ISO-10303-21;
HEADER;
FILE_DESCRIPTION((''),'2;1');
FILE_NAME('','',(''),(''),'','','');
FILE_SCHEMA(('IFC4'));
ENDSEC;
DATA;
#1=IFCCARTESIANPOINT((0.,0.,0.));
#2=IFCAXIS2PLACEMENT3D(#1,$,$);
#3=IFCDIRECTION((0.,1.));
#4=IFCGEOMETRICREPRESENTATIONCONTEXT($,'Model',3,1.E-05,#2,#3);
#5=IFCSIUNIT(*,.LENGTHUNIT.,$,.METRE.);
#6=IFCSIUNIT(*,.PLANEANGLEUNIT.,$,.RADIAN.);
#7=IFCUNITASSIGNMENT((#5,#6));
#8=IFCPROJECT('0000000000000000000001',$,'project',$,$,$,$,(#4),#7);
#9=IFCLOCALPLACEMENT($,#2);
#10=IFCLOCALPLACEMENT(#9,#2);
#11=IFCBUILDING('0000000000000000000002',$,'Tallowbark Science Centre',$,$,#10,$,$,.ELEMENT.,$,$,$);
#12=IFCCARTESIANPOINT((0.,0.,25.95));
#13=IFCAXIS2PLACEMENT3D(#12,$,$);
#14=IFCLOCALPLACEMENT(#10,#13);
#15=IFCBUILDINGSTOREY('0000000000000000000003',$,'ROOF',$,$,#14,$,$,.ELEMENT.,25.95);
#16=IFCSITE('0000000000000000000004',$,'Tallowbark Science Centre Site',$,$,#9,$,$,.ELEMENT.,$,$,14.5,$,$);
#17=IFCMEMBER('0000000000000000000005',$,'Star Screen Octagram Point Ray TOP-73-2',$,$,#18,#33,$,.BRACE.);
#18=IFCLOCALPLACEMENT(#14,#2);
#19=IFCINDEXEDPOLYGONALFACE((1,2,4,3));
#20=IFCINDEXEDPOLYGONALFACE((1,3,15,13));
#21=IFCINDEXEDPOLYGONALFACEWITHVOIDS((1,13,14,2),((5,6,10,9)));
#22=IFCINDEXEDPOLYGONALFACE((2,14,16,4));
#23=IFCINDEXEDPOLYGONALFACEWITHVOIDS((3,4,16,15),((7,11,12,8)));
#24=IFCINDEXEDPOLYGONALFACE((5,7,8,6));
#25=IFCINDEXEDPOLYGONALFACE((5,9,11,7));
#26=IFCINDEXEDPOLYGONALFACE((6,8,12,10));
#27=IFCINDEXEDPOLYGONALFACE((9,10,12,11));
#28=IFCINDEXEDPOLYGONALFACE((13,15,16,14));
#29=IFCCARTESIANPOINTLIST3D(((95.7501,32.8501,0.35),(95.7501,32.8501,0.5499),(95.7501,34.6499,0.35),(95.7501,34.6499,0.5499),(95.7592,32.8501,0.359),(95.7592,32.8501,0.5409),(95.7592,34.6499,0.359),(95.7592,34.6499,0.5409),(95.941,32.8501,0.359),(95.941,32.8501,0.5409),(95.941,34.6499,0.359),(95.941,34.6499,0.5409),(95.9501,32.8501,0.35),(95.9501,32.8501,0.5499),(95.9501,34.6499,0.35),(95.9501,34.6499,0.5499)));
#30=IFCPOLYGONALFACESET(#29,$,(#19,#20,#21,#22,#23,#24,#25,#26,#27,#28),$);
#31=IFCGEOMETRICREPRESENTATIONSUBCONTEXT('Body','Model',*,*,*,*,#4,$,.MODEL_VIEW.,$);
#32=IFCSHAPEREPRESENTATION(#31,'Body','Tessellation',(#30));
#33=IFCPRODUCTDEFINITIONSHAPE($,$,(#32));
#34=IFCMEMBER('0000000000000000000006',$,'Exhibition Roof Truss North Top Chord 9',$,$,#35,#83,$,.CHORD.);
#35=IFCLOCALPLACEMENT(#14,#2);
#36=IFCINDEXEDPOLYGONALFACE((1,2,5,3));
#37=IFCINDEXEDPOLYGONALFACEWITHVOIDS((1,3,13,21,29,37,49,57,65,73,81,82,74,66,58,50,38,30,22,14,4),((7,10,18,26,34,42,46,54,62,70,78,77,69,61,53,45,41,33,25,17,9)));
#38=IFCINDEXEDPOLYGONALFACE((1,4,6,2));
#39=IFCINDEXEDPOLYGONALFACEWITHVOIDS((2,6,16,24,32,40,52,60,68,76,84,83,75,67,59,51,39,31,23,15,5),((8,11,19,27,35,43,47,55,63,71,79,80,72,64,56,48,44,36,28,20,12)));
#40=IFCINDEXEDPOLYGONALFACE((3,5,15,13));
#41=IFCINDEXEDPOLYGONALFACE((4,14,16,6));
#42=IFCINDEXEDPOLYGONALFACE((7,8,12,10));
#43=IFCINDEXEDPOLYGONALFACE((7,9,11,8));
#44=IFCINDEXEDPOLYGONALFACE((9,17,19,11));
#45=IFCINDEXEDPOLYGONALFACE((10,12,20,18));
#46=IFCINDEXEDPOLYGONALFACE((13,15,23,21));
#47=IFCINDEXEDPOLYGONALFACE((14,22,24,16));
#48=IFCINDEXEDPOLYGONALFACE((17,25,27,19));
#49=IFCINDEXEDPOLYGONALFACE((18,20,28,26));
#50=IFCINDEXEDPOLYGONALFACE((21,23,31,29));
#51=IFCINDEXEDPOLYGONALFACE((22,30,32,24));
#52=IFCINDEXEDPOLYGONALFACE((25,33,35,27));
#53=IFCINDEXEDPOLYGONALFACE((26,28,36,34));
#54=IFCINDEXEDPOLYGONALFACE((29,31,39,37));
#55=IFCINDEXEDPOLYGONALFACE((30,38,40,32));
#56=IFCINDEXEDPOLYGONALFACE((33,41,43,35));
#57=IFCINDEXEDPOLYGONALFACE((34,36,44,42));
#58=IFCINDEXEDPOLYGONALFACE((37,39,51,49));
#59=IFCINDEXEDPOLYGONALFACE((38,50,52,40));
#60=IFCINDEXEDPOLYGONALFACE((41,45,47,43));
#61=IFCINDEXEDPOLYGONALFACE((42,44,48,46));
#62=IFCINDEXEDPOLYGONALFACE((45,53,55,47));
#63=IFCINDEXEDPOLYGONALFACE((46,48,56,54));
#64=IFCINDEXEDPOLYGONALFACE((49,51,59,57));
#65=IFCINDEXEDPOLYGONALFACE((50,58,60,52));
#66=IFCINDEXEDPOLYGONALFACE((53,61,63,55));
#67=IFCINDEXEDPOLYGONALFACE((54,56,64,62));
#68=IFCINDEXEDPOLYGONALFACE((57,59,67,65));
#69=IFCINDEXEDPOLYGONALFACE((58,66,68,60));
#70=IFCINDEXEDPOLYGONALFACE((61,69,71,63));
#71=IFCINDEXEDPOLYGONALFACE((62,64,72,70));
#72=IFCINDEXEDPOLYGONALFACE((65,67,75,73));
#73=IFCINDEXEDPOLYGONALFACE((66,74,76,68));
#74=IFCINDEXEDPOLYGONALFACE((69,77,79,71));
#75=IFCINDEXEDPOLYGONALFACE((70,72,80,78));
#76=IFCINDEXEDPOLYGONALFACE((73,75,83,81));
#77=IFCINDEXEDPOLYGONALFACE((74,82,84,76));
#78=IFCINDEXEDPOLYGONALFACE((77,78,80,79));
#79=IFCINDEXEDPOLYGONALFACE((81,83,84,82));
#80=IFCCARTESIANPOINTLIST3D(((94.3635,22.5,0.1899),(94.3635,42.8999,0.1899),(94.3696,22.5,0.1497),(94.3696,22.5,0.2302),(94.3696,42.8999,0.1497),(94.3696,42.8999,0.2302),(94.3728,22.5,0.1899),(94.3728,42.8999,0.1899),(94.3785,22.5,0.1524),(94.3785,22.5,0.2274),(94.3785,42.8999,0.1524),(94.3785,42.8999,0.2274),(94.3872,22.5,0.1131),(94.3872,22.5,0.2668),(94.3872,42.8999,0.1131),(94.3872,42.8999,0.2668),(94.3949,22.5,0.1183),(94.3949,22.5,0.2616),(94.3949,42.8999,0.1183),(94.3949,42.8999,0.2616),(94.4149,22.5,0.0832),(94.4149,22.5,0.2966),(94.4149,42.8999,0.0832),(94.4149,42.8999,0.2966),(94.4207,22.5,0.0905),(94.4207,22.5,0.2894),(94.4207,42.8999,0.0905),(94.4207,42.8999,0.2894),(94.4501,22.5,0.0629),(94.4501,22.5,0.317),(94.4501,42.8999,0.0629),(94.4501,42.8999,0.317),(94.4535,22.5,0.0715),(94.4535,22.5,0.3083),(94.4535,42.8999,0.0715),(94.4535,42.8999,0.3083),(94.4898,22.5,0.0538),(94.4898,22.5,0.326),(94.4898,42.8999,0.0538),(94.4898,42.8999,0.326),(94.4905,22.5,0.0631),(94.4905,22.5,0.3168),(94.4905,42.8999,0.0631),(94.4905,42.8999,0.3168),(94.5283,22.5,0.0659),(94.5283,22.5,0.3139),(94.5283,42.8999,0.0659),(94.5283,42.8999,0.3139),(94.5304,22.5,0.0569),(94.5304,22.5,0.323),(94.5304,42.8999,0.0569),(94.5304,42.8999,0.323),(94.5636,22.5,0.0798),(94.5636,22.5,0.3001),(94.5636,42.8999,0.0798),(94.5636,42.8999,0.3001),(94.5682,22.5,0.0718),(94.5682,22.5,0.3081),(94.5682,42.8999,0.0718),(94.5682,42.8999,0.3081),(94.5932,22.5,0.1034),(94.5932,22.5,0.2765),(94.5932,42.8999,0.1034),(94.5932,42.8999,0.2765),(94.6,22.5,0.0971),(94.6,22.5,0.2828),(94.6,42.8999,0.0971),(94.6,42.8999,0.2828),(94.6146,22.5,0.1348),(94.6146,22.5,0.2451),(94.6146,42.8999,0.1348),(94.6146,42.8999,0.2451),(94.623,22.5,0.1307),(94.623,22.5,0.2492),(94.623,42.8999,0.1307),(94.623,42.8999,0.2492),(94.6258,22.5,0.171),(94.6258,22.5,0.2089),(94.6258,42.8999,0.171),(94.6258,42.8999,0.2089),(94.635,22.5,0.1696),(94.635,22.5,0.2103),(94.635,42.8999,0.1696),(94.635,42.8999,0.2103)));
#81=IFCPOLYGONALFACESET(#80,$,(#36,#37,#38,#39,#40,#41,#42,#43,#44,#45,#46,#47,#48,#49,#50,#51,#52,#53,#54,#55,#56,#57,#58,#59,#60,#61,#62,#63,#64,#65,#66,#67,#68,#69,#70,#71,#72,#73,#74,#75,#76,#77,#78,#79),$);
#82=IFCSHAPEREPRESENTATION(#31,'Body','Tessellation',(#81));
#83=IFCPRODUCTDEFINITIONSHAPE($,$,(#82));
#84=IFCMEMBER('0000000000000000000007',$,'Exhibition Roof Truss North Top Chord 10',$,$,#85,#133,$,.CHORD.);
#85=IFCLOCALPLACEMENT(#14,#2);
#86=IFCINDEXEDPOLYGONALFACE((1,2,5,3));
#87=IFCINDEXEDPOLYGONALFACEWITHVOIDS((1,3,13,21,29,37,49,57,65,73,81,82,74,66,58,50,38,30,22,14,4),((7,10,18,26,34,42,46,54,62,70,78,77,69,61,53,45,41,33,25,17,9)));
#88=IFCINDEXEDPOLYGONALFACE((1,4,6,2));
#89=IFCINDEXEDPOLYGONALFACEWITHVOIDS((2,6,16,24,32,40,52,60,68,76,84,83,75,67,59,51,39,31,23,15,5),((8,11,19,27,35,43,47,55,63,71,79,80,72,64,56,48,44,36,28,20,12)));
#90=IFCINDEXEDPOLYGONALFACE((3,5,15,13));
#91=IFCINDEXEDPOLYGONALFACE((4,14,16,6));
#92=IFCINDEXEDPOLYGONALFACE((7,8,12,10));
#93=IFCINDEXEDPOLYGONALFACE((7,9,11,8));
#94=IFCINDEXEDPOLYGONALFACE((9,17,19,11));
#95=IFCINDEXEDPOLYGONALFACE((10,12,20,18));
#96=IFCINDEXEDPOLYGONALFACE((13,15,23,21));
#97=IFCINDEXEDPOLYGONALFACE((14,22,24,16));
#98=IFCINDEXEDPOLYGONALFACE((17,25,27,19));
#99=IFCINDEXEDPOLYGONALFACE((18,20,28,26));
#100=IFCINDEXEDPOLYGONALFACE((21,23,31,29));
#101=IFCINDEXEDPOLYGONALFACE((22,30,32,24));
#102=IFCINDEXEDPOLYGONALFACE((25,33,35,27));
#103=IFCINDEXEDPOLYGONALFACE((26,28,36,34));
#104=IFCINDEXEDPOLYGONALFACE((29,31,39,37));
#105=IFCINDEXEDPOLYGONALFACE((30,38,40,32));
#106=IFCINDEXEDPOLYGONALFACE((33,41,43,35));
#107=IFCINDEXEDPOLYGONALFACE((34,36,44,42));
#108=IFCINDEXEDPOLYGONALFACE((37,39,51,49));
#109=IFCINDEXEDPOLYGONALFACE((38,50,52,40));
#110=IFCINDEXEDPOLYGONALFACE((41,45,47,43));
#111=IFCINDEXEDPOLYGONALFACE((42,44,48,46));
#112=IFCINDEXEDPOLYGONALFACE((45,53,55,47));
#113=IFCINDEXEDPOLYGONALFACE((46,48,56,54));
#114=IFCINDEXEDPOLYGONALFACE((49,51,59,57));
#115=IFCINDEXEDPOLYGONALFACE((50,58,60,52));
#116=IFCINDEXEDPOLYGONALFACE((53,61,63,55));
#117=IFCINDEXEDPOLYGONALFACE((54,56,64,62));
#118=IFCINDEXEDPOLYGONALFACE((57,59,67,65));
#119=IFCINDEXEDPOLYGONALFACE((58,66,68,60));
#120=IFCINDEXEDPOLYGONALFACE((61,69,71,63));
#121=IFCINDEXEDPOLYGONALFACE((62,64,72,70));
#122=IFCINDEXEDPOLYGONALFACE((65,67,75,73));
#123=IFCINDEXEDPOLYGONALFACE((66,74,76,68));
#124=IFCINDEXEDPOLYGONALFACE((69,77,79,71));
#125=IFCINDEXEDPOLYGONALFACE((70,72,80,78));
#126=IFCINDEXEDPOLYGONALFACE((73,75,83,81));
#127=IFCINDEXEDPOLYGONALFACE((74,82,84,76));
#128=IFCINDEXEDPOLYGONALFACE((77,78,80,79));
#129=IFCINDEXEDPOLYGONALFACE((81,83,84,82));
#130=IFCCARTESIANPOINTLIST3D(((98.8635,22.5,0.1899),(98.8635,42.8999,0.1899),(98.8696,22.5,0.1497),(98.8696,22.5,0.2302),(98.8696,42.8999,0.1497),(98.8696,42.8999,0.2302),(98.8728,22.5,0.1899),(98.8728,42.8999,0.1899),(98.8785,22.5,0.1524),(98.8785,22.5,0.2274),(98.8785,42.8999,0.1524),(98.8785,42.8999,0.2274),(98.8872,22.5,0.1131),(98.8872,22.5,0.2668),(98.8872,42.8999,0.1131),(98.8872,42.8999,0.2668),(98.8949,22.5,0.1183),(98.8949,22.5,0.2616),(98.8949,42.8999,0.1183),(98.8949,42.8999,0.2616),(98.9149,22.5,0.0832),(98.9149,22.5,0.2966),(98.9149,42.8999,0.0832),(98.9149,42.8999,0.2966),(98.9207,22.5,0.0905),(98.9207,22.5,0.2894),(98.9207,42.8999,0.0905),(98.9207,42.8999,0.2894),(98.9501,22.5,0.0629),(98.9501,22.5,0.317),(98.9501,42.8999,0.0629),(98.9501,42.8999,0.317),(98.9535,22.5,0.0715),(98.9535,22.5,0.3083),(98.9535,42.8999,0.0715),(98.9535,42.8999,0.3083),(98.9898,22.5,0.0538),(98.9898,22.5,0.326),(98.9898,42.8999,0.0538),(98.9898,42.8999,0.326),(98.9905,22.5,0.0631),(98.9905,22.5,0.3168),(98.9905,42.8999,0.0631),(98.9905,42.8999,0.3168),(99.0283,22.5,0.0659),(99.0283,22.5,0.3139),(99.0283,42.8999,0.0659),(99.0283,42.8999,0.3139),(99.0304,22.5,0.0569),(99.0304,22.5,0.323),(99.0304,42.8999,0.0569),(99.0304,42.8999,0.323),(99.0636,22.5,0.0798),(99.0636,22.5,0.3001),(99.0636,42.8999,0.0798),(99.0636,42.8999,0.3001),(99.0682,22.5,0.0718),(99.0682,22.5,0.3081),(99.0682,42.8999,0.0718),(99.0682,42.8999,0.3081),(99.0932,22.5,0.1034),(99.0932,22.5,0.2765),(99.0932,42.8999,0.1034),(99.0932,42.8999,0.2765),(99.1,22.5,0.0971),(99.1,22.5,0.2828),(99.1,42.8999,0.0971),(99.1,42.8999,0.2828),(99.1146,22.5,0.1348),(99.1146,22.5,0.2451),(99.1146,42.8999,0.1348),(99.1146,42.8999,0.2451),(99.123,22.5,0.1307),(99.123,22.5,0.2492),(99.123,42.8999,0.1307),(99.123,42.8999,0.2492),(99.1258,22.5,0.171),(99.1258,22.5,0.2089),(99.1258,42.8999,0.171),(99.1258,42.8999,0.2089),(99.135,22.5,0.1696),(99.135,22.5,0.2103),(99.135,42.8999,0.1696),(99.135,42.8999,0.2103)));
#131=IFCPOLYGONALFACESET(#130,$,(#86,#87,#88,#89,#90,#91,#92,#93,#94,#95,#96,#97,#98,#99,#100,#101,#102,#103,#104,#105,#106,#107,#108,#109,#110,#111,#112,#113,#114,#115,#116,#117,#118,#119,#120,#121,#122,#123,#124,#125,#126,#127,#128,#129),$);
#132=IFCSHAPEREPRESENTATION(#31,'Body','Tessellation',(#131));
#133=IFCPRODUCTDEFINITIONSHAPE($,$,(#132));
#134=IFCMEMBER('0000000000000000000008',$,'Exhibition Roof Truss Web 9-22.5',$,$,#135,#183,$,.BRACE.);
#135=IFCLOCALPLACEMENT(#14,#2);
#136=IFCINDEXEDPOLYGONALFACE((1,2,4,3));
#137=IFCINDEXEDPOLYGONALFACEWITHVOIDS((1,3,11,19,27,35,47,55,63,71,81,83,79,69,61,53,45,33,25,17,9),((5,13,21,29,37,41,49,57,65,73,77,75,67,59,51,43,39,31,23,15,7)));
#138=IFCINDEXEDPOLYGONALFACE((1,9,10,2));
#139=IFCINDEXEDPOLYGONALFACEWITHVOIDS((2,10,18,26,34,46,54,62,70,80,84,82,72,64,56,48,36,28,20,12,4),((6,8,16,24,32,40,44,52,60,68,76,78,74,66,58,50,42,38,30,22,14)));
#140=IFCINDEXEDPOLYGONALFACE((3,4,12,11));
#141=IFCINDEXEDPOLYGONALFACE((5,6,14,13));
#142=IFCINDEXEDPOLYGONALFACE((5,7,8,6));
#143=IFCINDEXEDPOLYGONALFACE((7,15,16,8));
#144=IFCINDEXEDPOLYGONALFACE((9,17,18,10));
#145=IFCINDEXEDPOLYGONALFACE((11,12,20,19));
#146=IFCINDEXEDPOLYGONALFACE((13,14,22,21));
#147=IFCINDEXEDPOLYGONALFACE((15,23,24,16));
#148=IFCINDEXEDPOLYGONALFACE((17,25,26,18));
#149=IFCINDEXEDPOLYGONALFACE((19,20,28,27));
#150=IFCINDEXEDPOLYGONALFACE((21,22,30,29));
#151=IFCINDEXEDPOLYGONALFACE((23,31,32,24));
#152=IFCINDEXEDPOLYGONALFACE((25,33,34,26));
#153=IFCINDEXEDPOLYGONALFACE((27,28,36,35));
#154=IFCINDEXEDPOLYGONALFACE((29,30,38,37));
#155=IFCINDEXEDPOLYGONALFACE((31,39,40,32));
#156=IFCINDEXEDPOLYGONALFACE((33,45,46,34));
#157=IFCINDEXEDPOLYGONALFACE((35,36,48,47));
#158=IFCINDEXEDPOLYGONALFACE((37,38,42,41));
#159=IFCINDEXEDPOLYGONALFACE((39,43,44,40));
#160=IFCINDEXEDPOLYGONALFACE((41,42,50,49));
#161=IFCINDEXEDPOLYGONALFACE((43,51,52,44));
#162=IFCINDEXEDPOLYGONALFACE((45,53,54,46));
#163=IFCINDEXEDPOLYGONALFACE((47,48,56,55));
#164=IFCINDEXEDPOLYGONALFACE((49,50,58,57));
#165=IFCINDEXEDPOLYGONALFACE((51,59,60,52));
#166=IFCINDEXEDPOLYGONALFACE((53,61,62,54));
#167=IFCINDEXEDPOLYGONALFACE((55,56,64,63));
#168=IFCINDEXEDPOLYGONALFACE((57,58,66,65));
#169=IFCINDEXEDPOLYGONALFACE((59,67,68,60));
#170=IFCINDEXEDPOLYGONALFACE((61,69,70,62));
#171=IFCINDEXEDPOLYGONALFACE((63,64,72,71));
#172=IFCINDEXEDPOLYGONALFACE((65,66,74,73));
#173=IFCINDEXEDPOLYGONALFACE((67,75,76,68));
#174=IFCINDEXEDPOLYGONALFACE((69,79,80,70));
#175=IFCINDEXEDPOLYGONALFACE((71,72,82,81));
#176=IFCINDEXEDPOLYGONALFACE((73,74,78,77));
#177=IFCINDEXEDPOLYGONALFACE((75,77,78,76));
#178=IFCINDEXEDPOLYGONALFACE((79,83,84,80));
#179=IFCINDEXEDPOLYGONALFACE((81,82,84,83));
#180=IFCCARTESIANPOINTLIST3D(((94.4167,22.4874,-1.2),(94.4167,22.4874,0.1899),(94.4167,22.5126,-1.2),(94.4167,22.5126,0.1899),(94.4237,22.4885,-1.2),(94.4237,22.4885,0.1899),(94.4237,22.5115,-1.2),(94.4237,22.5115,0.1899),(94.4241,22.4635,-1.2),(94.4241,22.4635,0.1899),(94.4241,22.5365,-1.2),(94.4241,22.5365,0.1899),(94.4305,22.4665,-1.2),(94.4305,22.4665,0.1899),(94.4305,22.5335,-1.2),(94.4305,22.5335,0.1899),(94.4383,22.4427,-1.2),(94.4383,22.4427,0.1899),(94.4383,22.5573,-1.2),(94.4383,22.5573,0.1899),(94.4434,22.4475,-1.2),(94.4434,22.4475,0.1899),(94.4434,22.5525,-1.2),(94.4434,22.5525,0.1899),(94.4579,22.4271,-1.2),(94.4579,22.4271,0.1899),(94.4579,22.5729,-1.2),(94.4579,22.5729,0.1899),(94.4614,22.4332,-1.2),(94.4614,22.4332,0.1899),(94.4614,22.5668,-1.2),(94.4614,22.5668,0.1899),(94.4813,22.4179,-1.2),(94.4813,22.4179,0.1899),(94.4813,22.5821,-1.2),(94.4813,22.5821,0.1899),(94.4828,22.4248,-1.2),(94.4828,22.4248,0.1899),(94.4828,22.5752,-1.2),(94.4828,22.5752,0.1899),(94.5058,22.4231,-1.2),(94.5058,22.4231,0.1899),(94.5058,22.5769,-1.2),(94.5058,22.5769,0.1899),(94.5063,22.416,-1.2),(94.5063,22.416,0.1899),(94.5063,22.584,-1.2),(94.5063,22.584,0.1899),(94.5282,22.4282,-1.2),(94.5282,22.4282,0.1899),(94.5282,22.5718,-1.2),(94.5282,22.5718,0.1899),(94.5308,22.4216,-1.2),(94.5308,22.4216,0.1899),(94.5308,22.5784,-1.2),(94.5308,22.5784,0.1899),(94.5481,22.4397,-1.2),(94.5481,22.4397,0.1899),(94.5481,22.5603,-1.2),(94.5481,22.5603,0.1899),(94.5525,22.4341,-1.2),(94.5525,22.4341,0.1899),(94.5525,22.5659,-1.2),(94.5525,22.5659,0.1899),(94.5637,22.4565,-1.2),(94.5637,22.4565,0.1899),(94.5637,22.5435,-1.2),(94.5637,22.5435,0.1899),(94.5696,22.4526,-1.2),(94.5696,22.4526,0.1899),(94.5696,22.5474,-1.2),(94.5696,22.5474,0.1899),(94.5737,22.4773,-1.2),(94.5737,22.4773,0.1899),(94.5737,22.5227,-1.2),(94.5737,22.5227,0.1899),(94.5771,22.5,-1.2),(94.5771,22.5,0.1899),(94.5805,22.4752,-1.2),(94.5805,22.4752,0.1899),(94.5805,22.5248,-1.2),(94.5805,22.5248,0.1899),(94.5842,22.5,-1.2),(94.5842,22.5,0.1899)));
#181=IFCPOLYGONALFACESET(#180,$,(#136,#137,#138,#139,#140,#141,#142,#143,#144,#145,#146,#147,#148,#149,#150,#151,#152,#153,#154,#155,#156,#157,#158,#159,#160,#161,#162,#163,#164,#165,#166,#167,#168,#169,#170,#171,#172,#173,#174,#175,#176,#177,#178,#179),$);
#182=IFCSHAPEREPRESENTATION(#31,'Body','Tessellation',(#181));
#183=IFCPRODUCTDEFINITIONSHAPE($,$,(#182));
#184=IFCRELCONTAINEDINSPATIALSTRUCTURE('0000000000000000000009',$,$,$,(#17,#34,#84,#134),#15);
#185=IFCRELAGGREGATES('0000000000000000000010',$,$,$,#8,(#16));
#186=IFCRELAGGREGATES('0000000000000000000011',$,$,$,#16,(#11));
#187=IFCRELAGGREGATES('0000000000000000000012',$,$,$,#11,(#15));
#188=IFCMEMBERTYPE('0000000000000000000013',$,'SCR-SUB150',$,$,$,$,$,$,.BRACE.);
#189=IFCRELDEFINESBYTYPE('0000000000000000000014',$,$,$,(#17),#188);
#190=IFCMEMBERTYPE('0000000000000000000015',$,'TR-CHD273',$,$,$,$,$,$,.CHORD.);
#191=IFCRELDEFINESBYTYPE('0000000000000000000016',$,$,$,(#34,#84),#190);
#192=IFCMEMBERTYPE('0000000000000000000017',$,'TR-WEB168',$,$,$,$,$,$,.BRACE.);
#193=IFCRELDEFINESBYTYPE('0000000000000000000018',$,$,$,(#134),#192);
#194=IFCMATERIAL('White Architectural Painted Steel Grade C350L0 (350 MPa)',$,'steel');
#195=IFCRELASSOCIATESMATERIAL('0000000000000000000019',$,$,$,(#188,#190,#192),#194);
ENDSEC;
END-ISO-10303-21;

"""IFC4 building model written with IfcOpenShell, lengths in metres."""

from ifc_helpers import new_model, si_unit, direction, frame, origin, origin_2d, place, context, subcontext, project, spatial, hollow_rectangle, hollow_circle, extrude, material, material_profile, profile_set, type_object, element, save


model = new_model("IFC4")

# Units and contexts
model_context = context("Model", 3, precision=1e-05, world=origin(), true_north=direction((0.0, 1.0)))
body_context = subcontext(model_context, "Body", "Model", "MODEL_VIEW")
ifc_project = project(units=[si_unit("LENGTHUNIT", "METRE"), si_unit("PLANEANGLEUNIT", "RADIAN")], contexts=[model_context])

# Site, building, storey
site_placement = place(None, origin())
site = spatial("IfcSite", under=ifc_project, at=site_placement, Name="Tallowbark Science Centre Site", CompositionType="ELEMENT", RefElevation=14.5)
building_placement = place(site_placement, origin())
building = spatial("IfcBuilding", under=site, at=building_placement, Name="Tallowbark Science Centre", CompositionType="ELEMENT")
storey_placement = place(building_placement, frame((0.0, 0.0, 25.95)))
storey = spatial("IfcBuildingStorey", under=building, at=storey_placement, Name="ROOF", CompositionType="ELEMENT", Elevation=25.95)

# Members
ifc_material_1 = material(Name="White Architectural Painted Steel Grade C350L0 (350 MPa)", Category="steel")
ifc_material_profile_1 = material_profile(ifc_material_1, hollow_rectangle(XDim=0.2, YDim=0.2, WallThickness=0.009, at=origin_2d()), Name="200x200x9.0SHS")
ifc_profile_set_1 = profile_set([ifc_material_profile_1], Name="White Architectural Painted Steel Grade C350L0 (350 MPa)")
member_type_1 = type_object("IfcMemberType", Name="SCR-SUB150", PredefinedType="BRACE", material=ifc_profile_set_1)
for number, where, z_axis, x_axis, name in (
    (1, (95.8501, 32.8501, 0.45), (0.0, 1.0, 0.0), (-1.0, 0.0, 0.0), "Star Screen Octagram Point Ray TOP-73-2"),
):
    element("IfcMember", number, at=place(storey_placement, frame(where, z_axis=z_axis, x_axis=x_axis)), inside=storey, type_object=member_type_1, Name=name, PredefinedType="BRACE", context=body_context, shape_type="SweptSolid", body=[
        extrude(hollow_rectangle(XDim=0.2, YDim=0.2, WallThickness=0.009, at=origin_2d()), origin(), (0.0, 0.0, 1.0), 1.7998),
    ])
ifc_material_profile_2 = material_profile(ifc_material_1, hollow_circle(Radius=0.1365, WallThickness=0.0093, at=origin_2d()), Name="273.1x9.3CHS")
ifc_profile_set_2 = profile_set([ifc_material_profile_2], Name="White Architectural Painted Steel Grade C350L0 (350 MPa)")
member_type_2 = type_object("IfcMemberType", Name="TR-CHD273", PredefinedType="CHORD", material=ifc_profile_set_2)
for number, where, z_axis, x_axis, name in (
    (2, (94.5, 22.5, 0.1899), (0.0, 1.0, 0.0), (-1.0, 0.0, 0.0), "Exhibition Roof Truss North Top Chord 9"),
    (3, (99.0, 22.5, 0.1899), (0.0, 1.0, 0.0), (-1.0, 0.0, 0.0), "Exhibition Roof Truss North Top Chord 10"),
):
    element("IfcMember", number, at=place(storey_placement, frame(where, z_axis=z_axis, x_axis=x_axis)), inside=storey, type_object=member_type_2, Name=name, PredefinedType="CHORD", context=body_context, shape_type="SweptSolid", body=[
        extrude(hollow_circle(Radius=0.1365, WallThickness=0.0093, at=origin_2d()), origin(), (0.0, 0.0, 1.0), 20.3999),
    ])
ifc_material_profile_3 = material_profile(ifc_material_1, hollow_circle(Radius=0.0842, WallThickness=0.0071, at=origin_2d()), Name="168.3x7.1CHS")
ifc_profile_set_3 = profile_set([ifc_material_profile_3], Name="White Architectural Painted Steel Grade C350L0 (350 MPa)")
member_type_3 = type_object("IfcMemberType", Name="TR-WEB168", PredefinedType="BRACE", material=ifc_profile_set_3)
for number, where, z_axis, x_axis, name in (
    (4, (94.5, 22.5, -1.2), (0.0, 0.0, 1.0), (1.0, 0.0, 0.0), "Exhibition Roof Truss Web 9-22.5"),
):
    element("IfcMember", number, at=place(storey_placement, frame(where, z_axis=z_axis, x_axis=x_axis)), inside=storey, type_object=member_type_3, Name=name, PredefinedType="BRACE", context=body_context, shape_type="SweptSolid", body=[
        extrude(hollow_circle(Radius=0.0842, WallThickness=0.0071, at=origin_2d()), origin(), (0.0, 0.0, 1.0), 1.3899),
    ])

save(model, "model.ifc")
